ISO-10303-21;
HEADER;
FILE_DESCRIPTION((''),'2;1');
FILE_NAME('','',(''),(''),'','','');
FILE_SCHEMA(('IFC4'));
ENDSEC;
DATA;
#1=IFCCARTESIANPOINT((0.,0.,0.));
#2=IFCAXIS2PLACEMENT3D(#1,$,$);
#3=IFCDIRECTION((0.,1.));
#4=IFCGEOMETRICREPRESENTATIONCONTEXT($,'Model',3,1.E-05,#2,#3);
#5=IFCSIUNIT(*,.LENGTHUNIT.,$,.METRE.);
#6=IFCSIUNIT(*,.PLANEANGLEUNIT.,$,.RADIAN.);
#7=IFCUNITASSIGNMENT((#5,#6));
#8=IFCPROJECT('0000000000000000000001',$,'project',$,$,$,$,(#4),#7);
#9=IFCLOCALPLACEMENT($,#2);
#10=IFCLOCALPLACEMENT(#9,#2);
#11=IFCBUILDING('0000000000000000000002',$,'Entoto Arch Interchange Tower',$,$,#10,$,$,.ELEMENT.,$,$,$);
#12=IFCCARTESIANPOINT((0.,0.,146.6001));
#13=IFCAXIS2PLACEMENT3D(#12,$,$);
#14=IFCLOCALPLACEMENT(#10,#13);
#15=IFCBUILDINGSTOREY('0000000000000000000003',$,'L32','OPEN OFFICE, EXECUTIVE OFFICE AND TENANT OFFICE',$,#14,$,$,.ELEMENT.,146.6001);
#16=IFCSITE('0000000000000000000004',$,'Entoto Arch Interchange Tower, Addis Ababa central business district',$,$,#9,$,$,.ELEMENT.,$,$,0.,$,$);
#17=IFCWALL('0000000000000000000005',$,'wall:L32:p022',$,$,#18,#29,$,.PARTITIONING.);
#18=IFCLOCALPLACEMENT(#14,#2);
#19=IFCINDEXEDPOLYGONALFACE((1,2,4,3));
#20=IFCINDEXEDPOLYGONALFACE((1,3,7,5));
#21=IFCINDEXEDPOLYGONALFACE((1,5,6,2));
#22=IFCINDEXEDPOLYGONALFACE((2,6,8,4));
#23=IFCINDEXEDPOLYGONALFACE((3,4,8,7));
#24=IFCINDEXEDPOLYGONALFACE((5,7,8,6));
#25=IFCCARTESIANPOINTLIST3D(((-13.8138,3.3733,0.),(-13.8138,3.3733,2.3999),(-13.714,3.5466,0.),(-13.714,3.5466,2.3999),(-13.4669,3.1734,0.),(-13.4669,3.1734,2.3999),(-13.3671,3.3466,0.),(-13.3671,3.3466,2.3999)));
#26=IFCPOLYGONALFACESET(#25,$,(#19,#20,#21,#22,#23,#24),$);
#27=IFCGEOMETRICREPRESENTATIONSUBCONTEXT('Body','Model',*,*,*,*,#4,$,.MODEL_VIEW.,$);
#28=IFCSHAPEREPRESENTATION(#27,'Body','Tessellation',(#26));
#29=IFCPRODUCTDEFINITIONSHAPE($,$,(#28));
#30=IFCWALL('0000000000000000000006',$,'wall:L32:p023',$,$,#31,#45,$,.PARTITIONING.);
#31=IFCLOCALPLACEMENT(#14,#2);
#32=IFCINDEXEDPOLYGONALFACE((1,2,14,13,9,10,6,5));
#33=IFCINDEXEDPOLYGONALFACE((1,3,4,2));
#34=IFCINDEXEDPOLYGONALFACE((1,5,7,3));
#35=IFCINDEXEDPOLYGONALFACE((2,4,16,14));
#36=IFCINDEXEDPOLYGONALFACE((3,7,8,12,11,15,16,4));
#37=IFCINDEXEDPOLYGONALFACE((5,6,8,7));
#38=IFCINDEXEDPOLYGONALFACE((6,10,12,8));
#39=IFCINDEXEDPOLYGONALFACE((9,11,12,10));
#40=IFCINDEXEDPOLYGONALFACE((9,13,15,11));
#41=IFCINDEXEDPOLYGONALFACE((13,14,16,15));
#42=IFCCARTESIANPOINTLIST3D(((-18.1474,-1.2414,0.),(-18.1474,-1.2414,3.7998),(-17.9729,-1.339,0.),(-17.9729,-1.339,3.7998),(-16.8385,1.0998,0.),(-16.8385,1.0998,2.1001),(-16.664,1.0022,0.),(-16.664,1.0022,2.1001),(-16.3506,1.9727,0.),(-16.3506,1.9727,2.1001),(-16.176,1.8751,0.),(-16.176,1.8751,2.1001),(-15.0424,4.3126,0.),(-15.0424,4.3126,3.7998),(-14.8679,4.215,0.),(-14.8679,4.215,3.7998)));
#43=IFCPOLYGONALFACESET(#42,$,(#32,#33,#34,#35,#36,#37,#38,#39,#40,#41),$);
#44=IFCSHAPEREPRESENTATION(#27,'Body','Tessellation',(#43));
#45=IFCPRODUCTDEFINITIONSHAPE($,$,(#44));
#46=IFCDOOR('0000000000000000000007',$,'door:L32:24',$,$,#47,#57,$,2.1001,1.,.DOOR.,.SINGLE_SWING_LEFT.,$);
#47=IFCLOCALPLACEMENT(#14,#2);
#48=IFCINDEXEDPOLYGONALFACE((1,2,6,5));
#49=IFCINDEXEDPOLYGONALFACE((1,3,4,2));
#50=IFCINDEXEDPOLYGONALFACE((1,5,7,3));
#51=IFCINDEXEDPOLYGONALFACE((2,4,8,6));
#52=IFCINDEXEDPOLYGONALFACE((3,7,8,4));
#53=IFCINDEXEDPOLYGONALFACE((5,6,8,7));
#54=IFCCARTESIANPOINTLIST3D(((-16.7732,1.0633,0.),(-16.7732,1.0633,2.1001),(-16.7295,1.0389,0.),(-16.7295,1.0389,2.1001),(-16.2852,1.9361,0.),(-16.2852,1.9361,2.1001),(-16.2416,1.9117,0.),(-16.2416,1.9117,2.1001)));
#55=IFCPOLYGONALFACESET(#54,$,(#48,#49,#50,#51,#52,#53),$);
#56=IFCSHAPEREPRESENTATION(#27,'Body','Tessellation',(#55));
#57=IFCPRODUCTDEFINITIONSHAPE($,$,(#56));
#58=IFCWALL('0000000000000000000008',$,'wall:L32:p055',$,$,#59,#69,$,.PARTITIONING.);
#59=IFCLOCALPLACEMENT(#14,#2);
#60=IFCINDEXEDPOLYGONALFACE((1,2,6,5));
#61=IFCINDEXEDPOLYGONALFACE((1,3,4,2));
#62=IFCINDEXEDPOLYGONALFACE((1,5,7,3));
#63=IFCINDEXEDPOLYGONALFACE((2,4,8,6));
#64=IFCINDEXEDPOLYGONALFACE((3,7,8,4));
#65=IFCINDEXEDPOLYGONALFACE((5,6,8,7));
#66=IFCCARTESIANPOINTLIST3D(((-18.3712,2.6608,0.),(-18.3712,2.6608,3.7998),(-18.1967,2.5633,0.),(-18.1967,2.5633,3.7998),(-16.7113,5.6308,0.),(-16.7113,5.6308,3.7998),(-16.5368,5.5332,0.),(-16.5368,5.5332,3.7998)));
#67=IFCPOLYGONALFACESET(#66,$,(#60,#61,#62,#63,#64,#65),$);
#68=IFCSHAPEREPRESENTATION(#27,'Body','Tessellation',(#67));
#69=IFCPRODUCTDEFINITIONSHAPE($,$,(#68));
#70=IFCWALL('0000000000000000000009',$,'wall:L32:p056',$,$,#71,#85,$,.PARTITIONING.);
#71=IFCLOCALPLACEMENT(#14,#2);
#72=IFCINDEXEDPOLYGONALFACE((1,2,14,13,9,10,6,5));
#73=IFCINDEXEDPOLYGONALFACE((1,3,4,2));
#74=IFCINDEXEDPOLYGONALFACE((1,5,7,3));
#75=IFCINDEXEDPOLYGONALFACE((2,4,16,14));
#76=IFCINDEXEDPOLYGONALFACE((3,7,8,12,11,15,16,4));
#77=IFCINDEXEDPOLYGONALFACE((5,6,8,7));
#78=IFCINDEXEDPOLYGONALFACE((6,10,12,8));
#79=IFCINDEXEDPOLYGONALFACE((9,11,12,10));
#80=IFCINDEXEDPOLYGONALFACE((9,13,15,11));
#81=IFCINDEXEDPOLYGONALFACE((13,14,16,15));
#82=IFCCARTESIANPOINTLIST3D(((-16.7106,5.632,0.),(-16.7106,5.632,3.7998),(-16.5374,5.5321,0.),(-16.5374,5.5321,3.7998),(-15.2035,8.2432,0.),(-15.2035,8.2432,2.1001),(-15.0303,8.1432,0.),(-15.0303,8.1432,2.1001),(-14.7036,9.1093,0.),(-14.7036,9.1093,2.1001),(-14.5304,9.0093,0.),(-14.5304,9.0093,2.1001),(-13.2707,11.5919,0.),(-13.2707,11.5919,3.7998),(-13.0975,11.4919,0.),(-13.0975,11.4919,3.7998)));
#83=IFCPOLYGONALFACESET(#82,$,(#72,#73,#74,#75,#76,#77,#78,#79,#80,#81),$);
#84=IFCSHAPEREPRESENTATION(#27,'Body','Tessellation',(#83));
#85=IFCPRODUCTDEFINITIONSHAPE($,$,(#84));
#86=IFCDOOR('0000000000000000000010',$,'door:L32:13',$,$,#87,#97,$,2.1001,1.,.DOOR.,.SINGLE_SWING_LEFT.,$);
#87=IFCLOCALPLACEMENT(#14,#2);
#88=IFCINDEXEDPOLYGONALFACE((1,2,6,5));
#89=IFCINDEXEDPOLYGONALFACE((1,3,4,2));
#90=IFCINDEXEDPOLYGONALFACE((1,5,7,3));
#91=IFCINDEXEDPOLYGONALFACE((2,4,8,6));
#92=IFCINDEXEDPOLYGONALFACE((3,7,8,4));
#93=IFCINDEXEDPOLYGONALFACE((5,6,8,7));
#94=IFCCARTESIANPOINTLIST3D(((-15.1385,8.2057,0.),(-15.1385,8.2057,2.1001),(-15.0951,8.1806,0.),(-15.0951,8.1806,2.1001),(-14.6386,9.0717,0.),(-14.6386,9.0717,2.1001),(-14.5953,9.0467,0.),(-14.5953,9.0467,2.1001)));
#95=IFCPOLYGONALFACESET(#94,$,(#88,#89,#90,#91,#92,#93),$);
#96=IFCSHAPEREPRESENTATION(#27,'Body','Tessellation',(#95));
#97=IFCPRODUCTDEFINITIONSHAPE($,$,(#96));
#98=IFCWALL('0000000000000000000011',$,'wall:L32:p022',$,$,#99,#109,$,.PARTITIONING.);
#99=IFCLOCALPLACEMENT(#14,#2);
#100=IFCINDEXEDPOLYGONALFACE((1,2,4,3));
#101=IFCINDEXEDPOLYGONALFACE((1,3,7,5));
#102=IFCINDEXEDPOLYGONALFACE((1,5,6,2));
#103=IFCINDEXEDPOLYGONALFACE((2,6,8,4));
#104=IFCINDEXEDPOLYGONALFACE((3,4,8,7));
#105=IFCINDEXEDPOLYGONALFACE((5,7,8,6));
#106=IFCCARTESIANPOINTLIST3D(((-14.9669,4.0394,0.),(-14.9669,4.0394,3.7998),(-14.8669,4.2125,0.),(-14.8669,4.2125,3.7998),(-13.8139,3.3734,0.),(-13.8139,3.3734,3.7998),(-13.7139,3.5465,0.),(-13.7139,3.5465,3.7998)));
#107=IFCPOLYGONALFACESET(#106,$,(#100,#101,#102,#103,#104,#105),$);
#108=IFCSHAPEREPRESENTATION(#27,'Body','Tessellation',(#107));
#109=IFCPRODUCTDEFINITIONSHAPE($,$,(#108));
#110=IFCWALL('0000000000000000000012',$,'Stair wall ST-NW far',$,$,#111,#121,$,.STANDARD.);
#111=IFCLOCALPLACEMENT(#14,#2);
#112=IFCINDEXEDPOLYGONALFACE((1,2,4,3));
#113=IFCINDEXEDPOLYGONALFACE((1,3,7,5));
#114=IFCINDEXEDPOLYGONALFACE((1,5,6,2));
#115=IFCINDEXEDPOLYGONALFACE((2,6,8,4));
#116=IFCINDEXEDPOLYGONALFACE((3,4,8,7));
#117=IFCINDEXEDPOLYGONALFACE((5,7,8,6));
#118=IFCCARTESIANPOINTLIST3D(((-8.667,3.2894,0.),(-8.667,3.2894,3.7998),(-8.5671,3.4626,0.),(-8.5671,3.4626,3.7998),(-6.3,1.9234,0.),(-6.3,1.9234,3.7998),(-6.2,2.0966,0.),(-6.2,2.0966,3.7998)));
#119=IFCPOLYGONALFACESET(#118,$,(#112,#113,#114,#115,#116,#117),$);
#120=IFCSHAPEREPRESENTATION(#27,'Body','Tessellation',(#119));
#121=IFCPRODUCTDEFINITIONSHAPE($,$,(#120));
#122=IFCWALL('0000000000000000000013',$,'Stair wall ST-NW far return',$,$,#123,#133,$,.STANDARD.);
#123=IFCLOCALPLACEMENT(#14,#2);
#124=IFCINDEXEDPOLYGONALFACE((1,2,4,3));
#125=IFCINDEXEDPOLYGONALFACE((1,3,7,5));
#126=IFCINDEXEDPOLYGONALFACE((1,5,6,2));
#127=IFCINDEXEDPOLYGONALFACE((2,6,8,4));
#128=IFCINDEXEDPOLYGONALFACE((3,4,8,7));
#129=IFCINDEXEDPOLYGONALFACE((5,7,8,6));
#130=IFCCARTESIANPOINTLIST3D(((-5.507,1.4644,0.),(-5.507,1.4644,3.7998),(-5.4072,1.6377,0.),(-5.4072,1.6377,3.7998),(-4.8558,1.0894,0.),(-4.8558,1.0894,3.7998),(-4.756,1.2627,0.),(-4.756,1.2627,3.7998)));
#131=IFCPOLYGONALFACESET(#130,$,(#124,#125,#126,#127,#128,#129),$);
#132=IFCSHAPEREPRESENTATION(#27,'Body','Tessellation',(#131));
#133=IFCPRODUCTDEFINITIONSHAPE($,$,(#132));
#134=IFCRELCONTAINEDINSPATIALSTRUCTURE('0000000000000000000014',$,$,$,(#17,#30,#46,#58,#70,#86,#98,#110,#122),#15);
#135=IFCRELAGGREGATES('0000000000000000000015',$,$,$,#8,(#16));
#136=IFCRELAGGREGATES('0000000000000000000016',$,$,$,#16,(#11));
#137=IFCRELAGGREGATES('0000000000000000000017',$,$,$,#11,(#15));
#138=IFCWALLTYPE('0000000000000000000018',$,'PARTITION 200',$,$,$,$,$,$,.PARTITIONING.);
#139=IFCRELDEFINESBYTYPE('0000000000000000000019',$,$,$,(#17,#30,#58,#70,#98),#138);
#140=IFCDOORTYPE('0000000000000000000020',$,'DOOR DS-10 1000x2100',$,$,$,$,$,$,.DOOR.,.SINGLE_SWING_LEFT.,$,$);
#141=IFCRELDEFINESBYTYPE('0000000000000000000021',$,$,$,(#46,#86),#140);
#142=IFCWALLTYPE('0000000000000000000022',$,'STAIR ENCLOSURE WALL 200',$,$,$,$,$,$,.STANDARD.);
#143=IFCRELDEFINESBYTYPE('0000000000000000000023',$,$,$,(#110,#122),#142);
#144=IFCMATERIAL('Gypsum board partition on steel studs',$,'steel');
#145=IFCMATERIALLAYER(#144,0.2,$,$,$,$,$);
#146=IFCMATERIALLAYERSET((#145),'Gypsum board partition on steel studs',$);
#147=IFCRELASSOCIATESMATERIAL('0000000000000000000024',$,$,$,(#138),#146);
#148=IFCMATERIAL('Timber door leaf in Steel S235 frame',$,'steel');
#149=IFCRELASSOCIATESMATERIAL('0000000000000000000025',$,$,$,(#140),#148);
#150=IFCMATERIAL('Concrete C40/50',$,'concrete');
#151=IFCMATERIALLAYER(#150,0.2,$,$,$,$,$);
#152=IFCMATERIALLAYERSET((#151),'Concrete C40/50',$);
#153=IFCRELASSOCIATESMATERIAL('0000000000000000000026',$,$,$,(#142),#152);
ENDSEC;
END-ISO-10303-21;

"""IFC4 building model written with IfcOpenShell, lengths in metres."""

from ifc_helpers import new_model, si_unit, direction, frame, frame_2d, origin, place, context, subcontext, project, spatial, rectangle, extrude, material, layer, layer_set, type_object, element, fill, save


model = new_model("IFC4")

# Units and contexts
model_context = context("Model", 3, precision=1e-05, world=origin(), true_north=direction((0.0, 1.0)))
body_context = subcontext(model_context, "Body", "Model", "MODEL_VIEW")
ifc_project = project(units=[si_unit("LENGTHUNIT", "METRE"), si_unit("PLANEANGLEUNIT", "RADIAN")], contexts=[model_context])

# Site, building, storey
site_placement = place(None, origin())
site = spatial("IfcSite", under=ifc_project, at=site_placement, Name="Entoto Arch Interchange Tower, Addis Ababa central business district", CompositionType="ELEMENT", RefElevation=0.0)
building_placement = place(site_placement, origin())
building = spatial("IfcBuilding", under=site, at=building_placement, Name="Entoto Arch Interchange Tower", CompositionType="ELEMENT")
storey_placement = place(building_placement, frame((0.0, 0.0, 146.6001)))
storey = spatial("IfcBuildingStorey", under=building, at=storey_placement, Name="L32", Description="OPEN OFFICE, EXECUTIVE OFFICE AND TENANT OFFICE", CompositionType="ELEMENT", Elevation=146.6001)

# Shared definitions
ifc_material_1 = material(Name="Concrete C40/50", Category="concrete")

# Wall
ifc_material_2 = material(Name="Gypsum board partition on steel studs", Category="steel")
ifc_layer_1 = layer(ifc_material_2, 0.2)
ifc_layer_set_1 = layer_set([ifc_layer_1], Name="Gypsum board partition on steel studs")
wall_type_1 = type_object("IfcWallType", Name="PARTITION 200", PredefinedType="PARTITIONING", material=ifc_layer_set_1)
wall_1_placement = place(storey_placement, frame((-13.417, 3.26, 0.0), z_axis=(0.0, 0.0, 1.0), x_axis=(-0.866399, 0.499353, 0.0)))
element("IfcWall", 1, at=wall_1_placement, inside=storey, type_object=wall_type_1, Name="wall:L32:p022", PredefinedType="PARTITIONING", context=body_context, shape_type="SweptSolid", body=[
    extrude(rectangle(XDim=0.4004, YDim=0.2, at=frame_2d((0.2002, 0.0))), origin(), (0.0, 0.0, 1.0), 2.3999),
])

# Wall, opening, door
wall_2_placement = place(storey_placement, frame((-14.9551, 4.2639, 0.0), z_axis=(0.0, 0.0, 1.0), x_axis=(-0.487977, -0.872856, 0.0)))
wall_2 = element("IfcWall", 2, at=wall_2_placement, inside=storey, type_object=wall_type_1, Name="wall:L32:p023", PredefinedType="PARTITIONING", context=body_context, shape_type="SweptSolid", body=[
    extrude(rectangle(XDim=6.363, YDim=0.2, at=frame_2d((3.1816, 0.0))), origin(), (0.0, 0.0, 1.0), 3.7998),
])
opening_1_placement = place(wall_2_placement, frame((2.6809, 0.0, 0.0)))
opening_1 = element("IfcOpeningElement", 3, at=opening_1_placement, cuts=wall_2, PredefinedType="OPENING", context=body_context, shape_type="SweptSolid", body=[
    extrude(rectangle(XDim=1.0, YDim=2.1001, at=frame_2d((0.5, 1.05))), frame((0.0, 0.1099, 0.0), z_axis=(0.0, -1.0, 0.0), x_axis=(1.0, 0.0, 0.0)), (0.0, 0.0, 1.0), 0.22),
])
ifc_material_3 = material(Name="Timber door leaf in Steel S235 frame", Category="steel")
door_type_1 = type_object("IfcDoorType", Name="DOOR DS-10 1000x2100", OperationType="SINGLE_SWING_LEFT", PredefinedType="DOOR", material=ifc_material_3)
door_1_placement = place(opening_1_placement, origin())
door_1 = element("IfcDoor", 4, at=door_1_placement, inside=storey, type_object=door_type_1, Name="door:L32:24", OperationType="SINGLE_SWING_LEFT", OverallHeight=2.1001, OverallWidth=1.0, PredefinedType="DOOR", context=body_context, shape_type="SweptSolid", body=[
    extrude(rectangle(XDim=1.0, YDim=2.1001, at=frame_2d((0.5, 1.05))), frame((0.0, 0.0249, 0.0), z_axis=(0.0, -1.0, 0.0), x_axis=(1.0, 0.0, 0.0)), (0.0, 0.0, 1.0), 0.05),
])
fill(opening_1, door_1)

# Wall
wall_3_placement = place(storey_placement, frame((-18.2839, 2.6121, 0.0), z_axis=(0.0, 0.0, 1.0), x_axis=(0.487871, 0.872916, 0.0)))
element("IfcWall", 5, at=wall_3_placement, inside=storey, type_object=wall_type_1, Name="wall:L32:p055", PredefinedType="PARTITIONING", context=body_context, shape_type="SweptSolid", body=[
    extrude(rectangle(XDim=3.4023, YDim=0.2, at=frame_2d((1.7012, 0.0))), origin(), (0.0, 0.0, 1.0), 3.7998),
])

# Wall, opening, door
wall_4_placement = place(storey_placement, frame((-16.624, 5.582, 0.0), z_axis=(0.0, 0.0, 1.0), x_axis=(0.499886, 0.866091, 0.0)))
wall_4 = element("IfcWall", 6, at=wall_4_placement, inside=storey, type_object=wall_type_1, Name="wall:L32:p056", PredefinedType="PARTITIONING", context=body_context, shape_type="SweptSolid", body=[
    extrude(rectangle(XDim=6.8813, YDim=0.2, at=frame_2d((3.4407, 0.0))), origin(), (0.0, 0.0, 1.0), 3.7998),
])
opening_2_placement = place(wall_4_placement, frame((3.0149, 0.0, 0.0)))
opening_2 = element("IfcOpeningElement", 7, at=opening_2_placement, cuts=wall_4, PredefinedType="OPENING", context=body_context, shape_type="SweptSolid", body=[
    extrude(rectangle(XDim=1.0, YDim=2.1001, at=frame_2d((0.5, 1.05))), frame((0.0, 0.1099, 0.0), z_axis=(0.0, -1.0, 0.0), x_axis=(1.0, 0.0, 0.0)), (0.0, 0.0, 1.0), 0.22),
])
door_2_placement = place(opening_2_placement, origin())
door_2 = element("IfcDoor", 8, at=door_2_placement, inside=storey, type_object=door_type_1, Name="door:L32:13", OperationType="SINGLE_SWING_LEFT", OverallHeight=2.1001, OverallWidth=1.0, PredefinedType="DOOR", context=body_context, shape_type="SweptSolid", body=[
    extrude(rectangle(XDim=1.0, YDim=2.1001, at=frame_2d((0.5, 1.05))), frame((0.0, 0.0249, 0.0), z_axis=(0.0, -1.0, 0.0), x_axis=(1.0, 0.0, 0.0)), (0.0, 0.0, 1.0), 0.05),
])
fill(opening_2, door_2)

# Walls
wall_5_placement = place(storey_placement, frame((-13.7639, 3.46, 0.0), z_axis=(0.0, 0.0, 1.0), x_axis=(-0.865932, 0.500162, 0.0)))
element("IfcWall", 9, at=wall_5_placement, inside=storey, type_object=wall_type_1, Name="wall:L32:p022", PredefinedType="PARTITIONING", context=body_context, shape_type="SweptSolid", body=[
    extrude(rectangle(XDim=1.3315, YDim=0.2, at=frame_2d((0.6658, 0.0))), origin(), (0.0, 0.0, 1.0), 3.7998),
])
ifc_layer_2 = layer(ifc_material_1, 0.2)
ifc_layer_set_2 = layer_set([ifc_layer_2], Name="Concrete C40/50")
wall_type_2 = type_object("IfcWallType", Name="STAIR ENCLOSURE WALL 200", PredefinedType="STANDARD", material=ifc_layer_set_2)
wall_6_placement = place(storey_placement, frame((-6.25, 2.01, 0.0), z_axis=(0.0, 0.0, 1.0), x_axis=(-0.866119, 0.499838, 0.0)))
element("IfcWall", 10, at=wall_6_placement, inside=storey, type_object=wall_type_2, Name="Stair wall ST-NW far", PredefinedType="STANDARD", context=body_context, shape_type="SweptSolid", body=[
    extrude(rectangle(XDim=2.7329, YDim=0.2, at=frame_2d((1.3665, 0.0))), origin(), (0.0, 0.0, 1.0), 3.7998),
])
wall_7_placement = place(storey_placement, frame((-4.8059, 1.176, 0.0), z_axis=(0.0, 0.0, 1.0), x_axis=(-0.866559, 0.499075, 0.0)))
element("IfcWall", 11, at=wall_7_placement, inside=storey, type_object=wall_type_2, Name="Stair wall ST-NW far return", PredefinedType="STANDARD", context=body_context, shape_type="SweptSolid", body=[
    extrude(rectangle(XDim=0.7515, YDim=0.2, at=frame_2d((0.3757, 0.0))), origin(), (0.0, 0.0, 1.0), 3.7998),
])

save(model, "model.ifc")
